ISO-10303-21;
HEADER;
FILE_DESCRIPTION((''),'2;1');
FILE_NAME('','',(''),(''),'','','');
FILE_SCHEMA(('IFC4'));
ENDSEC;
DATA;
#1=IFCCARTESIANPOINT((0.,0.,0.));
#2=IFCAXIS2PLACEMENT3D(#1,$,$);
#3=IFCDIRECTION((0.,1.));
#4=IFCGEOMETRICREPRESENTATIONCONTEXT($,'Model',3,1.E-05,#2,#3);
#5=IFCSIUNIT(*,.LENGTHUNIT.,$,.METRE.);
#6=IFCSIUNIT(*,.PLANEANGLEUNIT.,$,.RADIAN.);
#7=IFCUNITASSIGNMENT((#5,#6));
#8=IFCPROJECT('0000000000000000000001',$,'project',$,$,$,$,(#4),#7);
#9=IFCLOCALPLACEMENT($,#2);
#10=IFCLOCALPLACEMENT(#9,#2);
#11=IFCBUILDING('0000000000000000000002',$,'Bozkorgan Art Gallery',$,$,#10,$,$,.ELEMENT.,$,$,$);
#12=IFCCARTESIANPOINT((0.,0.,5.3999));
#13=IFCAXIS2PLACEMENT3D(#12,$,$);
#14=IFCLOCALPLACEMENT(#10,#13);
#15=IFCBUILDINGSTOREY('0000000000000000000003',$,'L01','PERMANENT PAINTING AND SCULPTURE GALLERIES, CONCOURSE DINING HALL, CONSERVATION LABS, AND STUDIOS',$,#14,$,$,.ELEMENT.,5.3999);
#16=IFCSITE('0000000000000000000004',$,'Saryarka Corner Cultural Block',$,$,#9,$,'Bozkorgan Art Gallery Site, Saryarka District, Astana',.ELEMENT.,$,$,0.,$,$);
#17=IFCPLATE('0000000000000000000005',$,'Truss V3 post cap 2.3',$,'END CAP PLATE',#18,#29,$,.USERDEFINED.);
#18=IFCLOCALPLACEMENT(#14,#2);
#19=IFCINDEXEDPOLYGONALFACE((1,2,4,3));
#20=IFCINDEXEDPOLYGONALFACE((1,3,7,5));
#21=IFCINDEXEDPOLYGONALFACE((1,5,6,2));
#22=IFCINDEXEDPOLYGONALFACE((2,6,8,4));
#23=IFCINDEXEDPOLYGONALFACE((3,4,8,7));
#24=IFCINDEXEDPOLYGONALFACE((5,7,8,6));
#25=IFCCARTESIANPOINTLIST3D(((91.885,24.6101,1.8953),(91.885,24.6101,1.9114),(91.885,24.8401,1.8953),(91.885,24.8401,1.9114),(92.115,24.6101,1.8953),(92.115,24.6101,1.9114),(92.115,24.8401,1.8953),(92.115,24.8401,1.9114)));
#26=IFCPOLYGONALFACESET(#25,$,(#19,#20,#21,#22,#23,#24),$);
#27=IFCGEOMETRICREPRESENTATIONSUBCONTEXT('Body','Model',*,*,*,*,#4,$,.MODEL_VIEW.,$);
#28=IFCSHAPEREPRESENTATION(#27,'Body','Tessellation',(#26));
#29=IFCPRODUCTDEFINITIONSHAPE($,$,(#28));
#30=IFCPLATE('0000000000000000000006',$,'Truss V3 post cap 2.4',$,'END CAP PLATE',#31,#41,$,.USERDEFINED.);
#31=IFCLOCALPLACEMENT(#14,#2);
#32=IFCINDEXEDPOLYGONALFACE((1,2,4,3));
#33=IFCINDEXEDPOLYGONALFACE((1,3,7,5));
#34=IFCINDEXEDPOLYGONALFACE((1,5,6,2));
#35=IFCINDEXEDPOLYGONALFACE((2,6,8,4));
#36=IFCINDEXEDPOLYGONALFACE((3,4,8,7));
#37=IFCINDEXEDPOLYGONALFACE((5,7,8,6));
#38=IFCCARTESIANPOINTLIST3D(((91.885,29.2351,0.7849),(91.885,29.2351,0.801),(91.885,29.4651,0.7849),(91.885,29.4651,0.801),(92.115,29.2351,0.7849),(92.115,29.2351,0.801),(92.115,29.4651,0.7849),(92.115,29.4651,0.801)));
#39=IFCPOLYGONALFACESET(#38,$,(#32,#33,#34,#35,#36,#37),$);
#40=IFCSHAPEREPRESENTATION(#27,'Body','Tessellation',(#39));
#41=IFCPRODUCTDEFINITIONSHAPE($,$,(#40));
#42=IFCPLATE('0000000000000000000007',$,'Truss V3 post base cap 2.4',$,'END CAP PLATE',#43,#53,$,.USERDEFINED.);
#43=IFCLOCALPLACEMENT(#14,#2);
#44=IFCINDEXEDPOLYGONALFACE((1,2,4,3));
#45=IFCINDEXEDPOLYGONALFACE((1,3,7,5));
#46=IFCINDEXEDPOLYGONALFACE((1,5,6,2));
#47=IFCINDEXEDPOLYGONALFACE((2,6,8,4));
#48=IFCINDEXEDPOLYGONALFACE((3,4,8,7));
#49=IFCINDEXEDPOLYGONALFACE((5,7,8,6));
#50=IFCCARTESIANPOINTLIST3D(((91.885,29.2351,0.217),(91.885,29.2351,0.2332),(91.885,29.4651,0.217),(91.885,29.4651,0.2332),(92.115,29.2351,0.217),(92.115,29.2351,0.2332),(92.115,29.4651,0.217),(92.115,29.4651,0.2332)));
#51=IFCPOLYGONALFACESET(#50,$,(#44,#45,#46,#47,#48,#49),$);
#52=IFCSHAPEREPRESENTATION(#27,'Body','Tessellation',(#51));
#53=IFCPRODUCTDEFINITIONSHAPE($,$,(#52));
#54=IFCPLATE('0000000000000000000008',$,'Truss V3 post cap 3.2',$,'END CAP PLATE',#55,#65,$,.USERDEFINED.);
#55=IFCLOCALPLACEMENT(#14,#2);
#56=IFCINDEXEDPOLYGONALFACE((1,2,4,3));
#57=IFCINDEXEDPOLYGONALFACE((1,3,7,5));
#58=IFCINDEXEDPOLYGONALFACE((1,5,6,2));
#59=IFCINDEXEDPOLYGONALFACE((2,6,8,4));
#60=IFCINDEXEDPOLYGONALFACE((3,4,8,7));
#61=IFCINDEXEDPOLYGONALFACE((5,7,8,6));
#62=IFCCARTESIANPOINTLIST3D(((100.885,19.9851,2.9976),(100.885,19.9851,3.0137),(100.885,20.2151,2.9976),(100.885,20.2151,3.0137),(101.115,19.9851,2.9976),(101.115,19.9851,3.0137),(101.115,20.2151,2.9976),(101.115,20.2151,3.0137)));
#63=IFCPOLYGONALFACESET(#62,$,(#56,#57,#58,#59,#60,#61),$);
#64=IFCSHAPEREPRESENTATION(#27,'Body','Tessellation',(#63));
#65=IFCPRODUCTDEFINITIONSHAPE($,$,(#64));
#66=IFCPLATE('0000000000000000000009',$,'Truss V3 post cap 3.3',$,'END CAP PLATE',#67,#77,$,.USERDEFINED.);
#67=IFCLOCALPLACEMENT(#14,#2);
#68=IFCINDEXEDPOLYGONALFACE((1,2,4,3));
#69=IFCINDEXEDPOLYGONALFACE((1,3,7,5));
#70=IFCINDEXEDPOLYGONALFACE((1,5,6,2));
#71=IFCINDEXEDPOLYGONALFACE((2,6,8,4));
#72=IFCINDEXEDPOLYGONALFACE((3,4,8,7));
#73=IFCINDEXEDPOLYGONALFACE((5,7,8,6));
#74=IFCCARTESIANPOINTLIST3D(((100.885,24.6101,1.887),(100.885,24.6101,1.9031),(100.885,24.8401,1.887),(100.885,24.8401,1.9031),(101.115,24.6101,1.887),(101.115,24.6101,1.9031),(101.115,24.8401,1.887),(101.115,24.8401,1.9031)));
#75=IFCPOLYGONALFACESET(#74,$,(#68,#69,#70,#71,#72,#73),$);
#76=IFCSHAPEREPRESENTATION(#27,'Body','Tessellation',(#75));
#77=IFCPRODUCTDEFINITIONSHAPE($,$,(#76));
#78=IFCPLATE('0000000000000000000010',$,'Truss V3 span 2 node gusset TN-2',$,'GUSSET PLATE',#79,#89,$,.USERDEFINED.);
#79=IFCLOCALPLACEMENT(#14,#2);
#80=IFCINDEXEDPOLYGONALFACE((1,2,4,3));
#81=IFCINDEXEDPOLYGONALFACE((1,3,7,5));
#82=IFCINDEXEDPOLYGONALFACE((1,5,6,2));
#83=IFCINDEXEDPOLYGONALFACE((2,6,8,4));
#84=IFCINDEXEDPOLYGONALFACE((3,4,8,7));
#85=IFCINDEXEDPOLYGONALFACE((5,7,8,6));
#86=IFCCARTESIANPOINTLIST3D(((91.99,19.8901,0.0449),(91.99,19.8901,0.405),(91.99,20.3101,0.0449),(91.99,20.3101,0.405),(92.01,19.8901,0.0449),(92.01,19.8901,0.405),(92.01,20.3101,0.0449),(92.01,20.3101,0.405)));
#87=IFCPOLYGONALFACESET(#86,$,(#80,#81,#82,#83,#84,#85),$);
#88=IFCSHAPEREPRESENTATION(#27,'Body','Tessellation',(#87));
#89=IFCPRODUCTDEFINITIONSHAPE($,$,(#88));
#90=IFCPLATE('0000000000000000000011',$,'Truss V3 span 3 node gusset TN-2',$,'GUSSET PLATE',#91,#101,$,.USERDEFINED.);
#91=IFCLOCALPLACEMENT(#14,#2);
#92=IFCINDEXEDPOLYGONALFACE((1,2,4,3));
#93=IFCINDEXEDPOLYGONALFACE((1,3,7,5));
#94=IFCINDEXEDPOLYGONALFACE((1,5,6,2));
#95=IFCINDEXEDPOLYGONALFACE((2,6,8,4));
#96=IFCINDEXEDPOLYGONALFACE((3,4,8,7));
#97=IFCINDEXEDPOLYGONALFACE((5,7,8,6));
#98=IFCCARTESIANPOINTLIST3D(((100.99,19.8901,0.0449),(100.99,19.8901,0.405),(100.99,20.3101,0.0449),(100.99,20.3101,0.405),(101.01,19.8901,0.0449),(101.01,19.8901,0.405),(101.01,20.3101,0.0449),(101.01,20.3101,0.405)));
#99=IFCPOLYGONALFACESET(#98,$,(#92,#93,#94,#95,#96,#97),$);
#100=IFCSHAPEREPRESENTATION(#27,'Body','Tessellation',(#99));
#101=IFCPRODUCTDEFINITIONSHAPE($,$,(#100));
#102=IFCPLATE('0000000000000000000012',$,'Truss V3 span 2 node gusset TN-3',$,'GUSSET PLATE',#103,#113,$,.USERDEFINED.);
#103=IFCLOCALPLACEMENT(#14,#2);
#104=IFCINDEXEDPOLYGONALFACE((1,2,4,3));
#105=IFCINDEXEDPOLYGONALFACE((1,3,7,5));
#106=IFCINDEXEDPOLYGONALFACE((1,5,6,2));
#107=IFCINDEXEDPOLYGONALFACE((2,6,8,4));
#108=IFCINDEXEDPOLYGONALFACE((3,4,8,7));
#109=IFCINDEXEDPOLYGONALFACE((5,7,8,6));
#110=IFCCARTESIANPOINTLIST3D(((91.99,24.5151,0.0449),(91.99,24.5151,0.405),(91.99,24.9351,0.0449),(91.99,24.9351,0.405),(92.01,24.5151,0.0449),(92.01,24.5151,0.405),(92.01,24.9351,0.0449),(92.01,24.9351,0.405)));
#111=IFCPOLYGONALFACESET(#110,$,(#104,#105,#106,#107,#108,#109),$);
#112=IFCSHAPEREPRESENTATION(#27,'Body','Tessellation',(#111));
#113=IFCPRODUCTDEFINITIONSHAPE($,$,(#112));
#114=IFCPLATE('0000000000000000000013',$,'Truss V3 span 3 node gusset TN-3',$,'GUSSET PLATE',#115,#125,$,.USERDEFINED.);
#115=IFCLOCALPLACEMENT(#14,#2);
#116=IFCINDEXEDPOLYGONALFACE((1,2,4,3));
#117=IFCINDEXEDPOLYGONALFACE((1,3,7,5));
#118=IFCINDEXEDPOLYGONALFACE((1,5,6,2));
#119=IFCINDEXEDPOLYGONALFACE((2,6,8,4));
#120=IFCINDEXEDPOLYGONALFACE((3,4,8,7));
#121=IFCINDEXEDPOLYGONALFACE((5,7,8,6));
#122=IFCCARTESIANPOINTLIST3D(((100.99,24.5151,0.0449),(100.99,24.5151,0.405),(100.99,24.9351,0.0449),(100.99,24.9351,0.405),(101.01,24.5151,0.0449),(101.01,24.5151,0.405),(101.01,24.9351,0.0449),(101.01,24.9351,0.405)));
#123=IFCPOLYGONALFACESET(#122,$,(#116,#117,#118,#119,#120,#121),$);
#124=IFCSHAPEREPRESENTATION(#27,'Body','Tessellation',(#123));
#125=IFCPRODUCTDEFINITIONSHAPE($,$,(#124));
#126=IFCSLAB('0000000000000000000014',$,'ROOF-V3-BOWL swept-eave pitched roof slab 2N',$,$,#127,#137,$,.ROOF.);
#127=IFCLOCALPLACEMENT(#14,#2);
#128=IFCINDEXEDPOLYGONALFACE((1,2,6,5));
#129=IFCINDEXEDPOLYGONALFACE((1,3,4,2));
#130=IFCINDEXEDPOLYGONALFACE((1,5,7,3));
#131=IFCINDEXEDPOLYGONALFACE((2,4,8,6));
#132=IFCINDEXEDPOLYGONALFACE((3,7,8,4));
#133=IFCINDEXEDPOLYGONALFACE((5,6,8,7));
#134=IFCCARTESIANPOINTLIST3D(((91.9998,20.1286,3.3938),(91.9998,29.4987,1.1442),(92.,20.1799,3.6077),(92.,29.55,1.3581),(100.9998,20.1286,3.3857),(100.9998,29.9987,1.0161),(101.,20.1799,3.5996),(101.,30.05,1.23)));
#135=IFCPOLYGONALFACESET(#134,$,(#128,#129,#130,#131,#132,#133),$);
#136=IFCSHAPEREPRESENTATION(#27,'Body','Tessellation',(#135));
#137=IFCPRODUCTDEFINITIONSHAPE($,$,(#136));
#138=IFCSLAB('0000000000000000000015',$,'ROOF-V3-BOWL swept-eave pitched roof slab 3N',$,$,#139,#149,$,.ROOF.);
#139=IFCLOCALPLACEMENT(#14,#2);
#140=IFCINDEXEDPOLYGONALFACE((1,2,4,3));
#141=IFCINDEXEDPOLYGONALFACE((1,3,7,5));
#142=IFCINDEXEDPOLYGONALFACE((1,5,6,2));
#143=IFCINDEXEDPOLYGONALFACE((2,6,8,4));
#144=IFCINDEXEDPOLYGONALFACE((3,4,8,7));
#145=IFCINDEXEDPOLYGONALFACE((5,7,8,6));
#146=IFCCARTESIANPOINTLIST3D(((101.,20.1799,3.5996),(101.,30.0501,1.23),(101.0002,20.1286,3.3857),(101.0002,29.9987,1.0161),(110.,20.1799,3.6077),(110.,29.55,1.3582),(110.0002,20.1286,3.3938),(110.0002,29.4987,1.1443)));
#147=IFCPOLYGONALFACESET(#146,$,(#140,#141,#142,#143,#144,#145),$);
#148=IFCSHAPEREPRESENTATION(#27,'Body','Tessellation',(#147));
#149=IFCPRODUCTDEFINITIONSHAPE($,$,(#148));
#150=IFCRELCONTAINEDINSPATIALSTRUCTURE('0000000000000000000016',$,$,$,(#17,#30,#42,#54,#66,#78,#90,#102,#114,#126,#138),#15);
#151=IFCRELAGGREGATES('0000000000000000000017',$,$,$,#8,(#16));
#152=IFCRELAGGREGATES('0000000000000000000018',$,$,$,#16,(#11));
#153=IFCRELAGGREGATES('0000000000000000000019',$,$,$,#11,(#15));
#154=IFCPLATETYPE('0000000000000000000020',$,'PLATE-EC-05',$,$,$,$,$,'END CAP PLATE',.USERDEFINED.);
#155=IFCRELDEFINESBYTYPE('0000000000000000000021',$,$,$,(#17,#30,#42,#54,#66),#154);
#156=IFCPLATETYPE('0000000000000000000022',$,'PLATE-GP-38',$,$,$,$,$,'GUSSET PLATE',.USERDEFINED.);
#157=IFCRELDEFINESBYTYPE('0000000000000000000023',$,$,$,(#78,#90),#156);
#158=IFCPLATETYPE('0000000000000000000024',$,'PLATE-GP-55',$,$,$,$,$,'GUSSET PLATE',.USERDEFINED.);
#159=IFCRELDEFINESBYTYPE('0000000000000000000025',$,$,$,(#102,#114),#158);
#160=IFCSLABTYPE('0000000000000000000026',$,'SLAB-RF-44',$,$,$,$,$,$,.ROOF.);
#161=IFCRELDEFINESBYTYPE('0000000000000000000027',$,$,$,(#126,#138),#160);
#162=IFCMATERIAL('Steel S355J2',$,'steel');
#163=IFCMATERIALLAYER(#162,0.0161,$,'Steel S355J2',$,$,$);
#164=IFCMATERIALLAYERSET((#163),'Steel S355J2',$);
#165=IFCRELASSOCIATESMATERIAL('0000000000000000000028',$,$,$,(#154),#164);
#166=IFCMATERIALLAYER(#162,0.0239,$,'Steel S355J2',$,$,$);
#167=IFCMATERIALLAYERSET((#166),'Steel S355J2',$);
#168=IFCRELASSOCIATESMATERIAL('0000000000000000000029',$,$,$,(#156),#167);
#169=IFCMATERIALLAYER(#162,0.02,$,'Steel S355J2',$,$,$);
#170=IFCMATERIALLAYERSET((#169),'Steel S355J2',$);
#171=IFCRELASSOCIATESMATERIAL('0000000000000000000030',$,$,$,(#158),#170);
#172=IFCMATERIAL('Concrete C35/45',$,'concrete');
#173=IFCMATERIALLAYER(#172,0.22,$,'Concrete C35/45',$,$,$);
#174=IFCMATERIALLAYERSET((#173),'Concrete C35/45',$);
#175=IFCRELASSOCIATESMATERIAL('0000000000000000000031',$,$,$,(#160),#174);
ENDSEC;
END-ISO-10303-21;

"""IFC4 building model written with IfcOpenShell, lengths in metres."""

from ifc_helpers import new_model, si_unit, direction, frame, origin, origin_2d, place, context, subcontext, project, spatial, polyline, rectangle, outline, extrude, material, layer, layer_set, type_object, element, save


model = new_model("IFC4")

# Units and contexts
model_context = context("Model", 3, precision=1e-05, world=origin(), true_north=direction((0.0, 1.0)))
body_context = subcontext(model_context, "Body", "Model", "MODEL_VIEW")
ifc_project = project(units=[si_unit("LENGTHUNIT", "METRE"), si_unit("PLANEANGLEUNIT", "RADIAN")], contexts=[model_context])

# Site, building, storey
site_placement = place(None, origin())
site = spatial("IfcSite", under=ifc_project, at=site_placement, Name="Saryarka Corner Cultural Block", LongName="Bozkorgan Art Gallery Site, Saryarka District, Astana", CompositionType="ELEMENT", RefElevation=0.0)
building_placement = place(site_placement, origin())
building = spatial("IfcBuilding", under=site, at=building_placement, Name="Bozkorgan Art Gallery", CompositionType="ELEMENT")
storey_placement = place(building_placement, frame((0.0, 0.0, 5.3999)))
storey = spatial("IfcBuildingStorey", under=building, at=storey_placement, Name="L01", Description="PERMANENT PAINTING AND SCULPTURE GALLERIES, CONCOURSE DINING HALL, CONSERVATION LABS, AND STUDIOS", CompositionType="ELEMENT", Elevation=5.3999)

# Shared definitions
ifc_material_1 = material(Name="Steel S355J2", Category="steel")

# Plates
ifc_layer_1 = layer(ifc_material_1, 0.0161, Name="Steel S355J2")
ifc_layer_set_1 = layer_set([ifc_layer_1], Name="Steel S355J2")
plate_type_1 = type_object("IfcPlateType", Name="PLATE-EC-05", ElementType="END CAP PLATE", PredefinedType="USERDEFINED", material=ifc_layer_set_1)
for number, where, z_axis, x_axis, name in (
    (1, (92.0, 24.7251, 1.8953), (0.0, 0.0, 1.0), (1.0, 0.0, 0.0), "Truss V3 post cap 2.3"),
    (2, (92.0, 29.3501, 0.7849), (0.0, 0.0, 1.0), (1.0, 0.0, 0.0), "Truss V3 post cap 2.4"),
    (3, (92.0, 29.3501, 0.217), (0.0, 0.0, 1.0), (1.0, 0.0, 0.0), "Truss V3 post base cap 2.4"),
    (4, (101.0, 20.1001, 2.9976), (0.0, 0.0, 1.0), (1.0, 0.0, 0.0), "Truss V3 post cap 3.2"),
    (5, (101.0, 24.7251, 1.887), (0.0, 0.0, 1.0), (1.0, 0.0, 0.0), "Truss V3 post cap 3.3"),
):
    element("IfcPlate", number, at=place(storey_placement, frame(where, z_axis=z_axis, x_axis=x_axis)), inside=storey, type_object=plate_type_1, Name=name, ObjectType="END CAP PLATE", PredefinedType="USERDEFINED", context=body_context, shape_type="SweptSolid", body=[
        extrude(rectangle(XDim=0.23, YDim=0.23, at=origin_2d()), origin(), (0.0, 0.0, 1.0), 0.0161),
    ])
ifc_layer_2 = layer(ifc_material_1, 0.0239, Name="Steel S355J2")
ifc_layer_set_2 = layer_set([ifc_layer_2], Name="Steel S355J2")
plate_type_2 = type_object("IfcPlateType", Name="PLATE-GP-38", ElementType="GUSSET PLATE", PredefinedType="USERDEFINED", material=ifc_layer_set_2)
for number, where, z_axis, x_axis, name in (
    (6, (92.0, 20.1001, 0.0449), (0.0, 0.0, 1.0), (1.0, 0.0, 0.0), "Truss V3 span 2 node gusset TN-2"),
    (7, (101.0, 20.1001, 0.0449), (0.0, 0.0, 1.0), (1.0, 0.0, 0.0), "Truss V3 span 3 node gusset TN-2"),
):
    element("IfcPlate", number, at=place(storey_placement, frame(where, z_axis=z_axis, x_axis=x_axis)), inside=storey, type_object=plate_type_2, Name=name, ObjectType="GUSSET PLATE", PredefinedType="USERDEFINED", context=body_context, shape_type="SweptSolid", body=[
        extrude(rectangle(XDim=0.02, YDim=0.4199, at=origin_2d()), origin(), (0.0, 0.0, 1.0), 0.3601),
    ])
ifc_layer_3 = layer(ifc_material_1, 0.02, Name="Steel S355J2")
ifc_layer_set_3 = layer_set([ifc_layer_3], Name="Steel S355J2")
plate_type_3 = type_object("IfcPlateType", Name="PLATE-GP-55", ElementType="GUSSET PLATE", PredefinedType="USERDEFINED", material=ifc_layer_set_3)
for number, where, z_axis, x_axis, name in (
    (8, (92.0, 24.7251, 0.0449), (0.0, 0.0, 1.0), (1.0, 0.0, 0.0), "Truss V3 span 2 node gusset TN-3"),
    (9, (101.0, 24.7251, 0.0449), (0.0, 0.0, 1.0), (1.0, 0.0, 0.0), "Truss V3 span 3 node gusset TN-3"),
):
    element("IfcPlate", number, at=place(storey_placement, frame(where, z_axis=z_axis, x_axis=x_axis)), inside=storey, type_object=plate_type_3, Name=name, ObjectType="GUSSET PLATE", PredefinedType="USERDEFINED", context=body_context, shape_type="SweptSolid", body=[
        extrude(rectangle(XDim=0.02, YDim=0.4199, at=origin_2d()), origin(), (0.0, 0.0, 1.0), 0.3601),
    ])

# Slabs
ifc_material_2 = material(Name="Concrete C35/45", Category="concrete")
ifc_layer_4 = layer(ifc_material_2, 0.22, Name="Concrete C35/45")
ifc_layer_set_4 = layer_set([ifc_layer_4], Name="Concrete C35/45")
slab_type = type_object("IfcSlabType", Name="SLAB-RF-44", PredefinedType="ROOF", material=ifc_layer_set_4)
slab_1_placement = place(storey_placement, frame((92.0, 20.1799, 3.6077), z_axis=(0.000875, 0.233444, 0.97237), x_axis=(1.0, -0.000001, -0.000899)))
element("IfcSlab", 10, at=slab_1_placement, inside=storey, type_object=slab_type, Name="ROOF-V3-BOWL swept-eave pitched roof slab 2N", PredefinedType="ROOF", context=body_context, shape_type="SweptSolid", body=[
    extrude(outline(polyline([(0.0, 0.0), (9.0, 0.0), (9.0021, 10.1506), (0.002, 9.6364), (0.0, 0.0)])), origin(), (0.0, 0.0, -1.0), 0.22),
])
slab_2_placement = place(storey_placement, frame((101.0, 20.1799, 3.5996), z_axis=(-0.000875, 0.233444, 0.97237), x_axis=(1.0, 0.000001, 0.000899)))
element("IfcSlab", 11, at=slab_2_placement, inside=storey, type_object=slab_type, Name="ROOF-V3-BOWL swept-eave pitched roof slab 3N", PredefinedType="ROOF", context=body_context, shape_type="SweptSolid", body=[
    extrude(outline(polyline([(0.0, 0.0), (9.0, 0.0), (8.998, 9.6364), (-0.0021, 10.1506), (0.0, 0.0)])), origin(), (0.0, 0.0, -1.0), 0.22),
])

save(model, "model.ifc")
